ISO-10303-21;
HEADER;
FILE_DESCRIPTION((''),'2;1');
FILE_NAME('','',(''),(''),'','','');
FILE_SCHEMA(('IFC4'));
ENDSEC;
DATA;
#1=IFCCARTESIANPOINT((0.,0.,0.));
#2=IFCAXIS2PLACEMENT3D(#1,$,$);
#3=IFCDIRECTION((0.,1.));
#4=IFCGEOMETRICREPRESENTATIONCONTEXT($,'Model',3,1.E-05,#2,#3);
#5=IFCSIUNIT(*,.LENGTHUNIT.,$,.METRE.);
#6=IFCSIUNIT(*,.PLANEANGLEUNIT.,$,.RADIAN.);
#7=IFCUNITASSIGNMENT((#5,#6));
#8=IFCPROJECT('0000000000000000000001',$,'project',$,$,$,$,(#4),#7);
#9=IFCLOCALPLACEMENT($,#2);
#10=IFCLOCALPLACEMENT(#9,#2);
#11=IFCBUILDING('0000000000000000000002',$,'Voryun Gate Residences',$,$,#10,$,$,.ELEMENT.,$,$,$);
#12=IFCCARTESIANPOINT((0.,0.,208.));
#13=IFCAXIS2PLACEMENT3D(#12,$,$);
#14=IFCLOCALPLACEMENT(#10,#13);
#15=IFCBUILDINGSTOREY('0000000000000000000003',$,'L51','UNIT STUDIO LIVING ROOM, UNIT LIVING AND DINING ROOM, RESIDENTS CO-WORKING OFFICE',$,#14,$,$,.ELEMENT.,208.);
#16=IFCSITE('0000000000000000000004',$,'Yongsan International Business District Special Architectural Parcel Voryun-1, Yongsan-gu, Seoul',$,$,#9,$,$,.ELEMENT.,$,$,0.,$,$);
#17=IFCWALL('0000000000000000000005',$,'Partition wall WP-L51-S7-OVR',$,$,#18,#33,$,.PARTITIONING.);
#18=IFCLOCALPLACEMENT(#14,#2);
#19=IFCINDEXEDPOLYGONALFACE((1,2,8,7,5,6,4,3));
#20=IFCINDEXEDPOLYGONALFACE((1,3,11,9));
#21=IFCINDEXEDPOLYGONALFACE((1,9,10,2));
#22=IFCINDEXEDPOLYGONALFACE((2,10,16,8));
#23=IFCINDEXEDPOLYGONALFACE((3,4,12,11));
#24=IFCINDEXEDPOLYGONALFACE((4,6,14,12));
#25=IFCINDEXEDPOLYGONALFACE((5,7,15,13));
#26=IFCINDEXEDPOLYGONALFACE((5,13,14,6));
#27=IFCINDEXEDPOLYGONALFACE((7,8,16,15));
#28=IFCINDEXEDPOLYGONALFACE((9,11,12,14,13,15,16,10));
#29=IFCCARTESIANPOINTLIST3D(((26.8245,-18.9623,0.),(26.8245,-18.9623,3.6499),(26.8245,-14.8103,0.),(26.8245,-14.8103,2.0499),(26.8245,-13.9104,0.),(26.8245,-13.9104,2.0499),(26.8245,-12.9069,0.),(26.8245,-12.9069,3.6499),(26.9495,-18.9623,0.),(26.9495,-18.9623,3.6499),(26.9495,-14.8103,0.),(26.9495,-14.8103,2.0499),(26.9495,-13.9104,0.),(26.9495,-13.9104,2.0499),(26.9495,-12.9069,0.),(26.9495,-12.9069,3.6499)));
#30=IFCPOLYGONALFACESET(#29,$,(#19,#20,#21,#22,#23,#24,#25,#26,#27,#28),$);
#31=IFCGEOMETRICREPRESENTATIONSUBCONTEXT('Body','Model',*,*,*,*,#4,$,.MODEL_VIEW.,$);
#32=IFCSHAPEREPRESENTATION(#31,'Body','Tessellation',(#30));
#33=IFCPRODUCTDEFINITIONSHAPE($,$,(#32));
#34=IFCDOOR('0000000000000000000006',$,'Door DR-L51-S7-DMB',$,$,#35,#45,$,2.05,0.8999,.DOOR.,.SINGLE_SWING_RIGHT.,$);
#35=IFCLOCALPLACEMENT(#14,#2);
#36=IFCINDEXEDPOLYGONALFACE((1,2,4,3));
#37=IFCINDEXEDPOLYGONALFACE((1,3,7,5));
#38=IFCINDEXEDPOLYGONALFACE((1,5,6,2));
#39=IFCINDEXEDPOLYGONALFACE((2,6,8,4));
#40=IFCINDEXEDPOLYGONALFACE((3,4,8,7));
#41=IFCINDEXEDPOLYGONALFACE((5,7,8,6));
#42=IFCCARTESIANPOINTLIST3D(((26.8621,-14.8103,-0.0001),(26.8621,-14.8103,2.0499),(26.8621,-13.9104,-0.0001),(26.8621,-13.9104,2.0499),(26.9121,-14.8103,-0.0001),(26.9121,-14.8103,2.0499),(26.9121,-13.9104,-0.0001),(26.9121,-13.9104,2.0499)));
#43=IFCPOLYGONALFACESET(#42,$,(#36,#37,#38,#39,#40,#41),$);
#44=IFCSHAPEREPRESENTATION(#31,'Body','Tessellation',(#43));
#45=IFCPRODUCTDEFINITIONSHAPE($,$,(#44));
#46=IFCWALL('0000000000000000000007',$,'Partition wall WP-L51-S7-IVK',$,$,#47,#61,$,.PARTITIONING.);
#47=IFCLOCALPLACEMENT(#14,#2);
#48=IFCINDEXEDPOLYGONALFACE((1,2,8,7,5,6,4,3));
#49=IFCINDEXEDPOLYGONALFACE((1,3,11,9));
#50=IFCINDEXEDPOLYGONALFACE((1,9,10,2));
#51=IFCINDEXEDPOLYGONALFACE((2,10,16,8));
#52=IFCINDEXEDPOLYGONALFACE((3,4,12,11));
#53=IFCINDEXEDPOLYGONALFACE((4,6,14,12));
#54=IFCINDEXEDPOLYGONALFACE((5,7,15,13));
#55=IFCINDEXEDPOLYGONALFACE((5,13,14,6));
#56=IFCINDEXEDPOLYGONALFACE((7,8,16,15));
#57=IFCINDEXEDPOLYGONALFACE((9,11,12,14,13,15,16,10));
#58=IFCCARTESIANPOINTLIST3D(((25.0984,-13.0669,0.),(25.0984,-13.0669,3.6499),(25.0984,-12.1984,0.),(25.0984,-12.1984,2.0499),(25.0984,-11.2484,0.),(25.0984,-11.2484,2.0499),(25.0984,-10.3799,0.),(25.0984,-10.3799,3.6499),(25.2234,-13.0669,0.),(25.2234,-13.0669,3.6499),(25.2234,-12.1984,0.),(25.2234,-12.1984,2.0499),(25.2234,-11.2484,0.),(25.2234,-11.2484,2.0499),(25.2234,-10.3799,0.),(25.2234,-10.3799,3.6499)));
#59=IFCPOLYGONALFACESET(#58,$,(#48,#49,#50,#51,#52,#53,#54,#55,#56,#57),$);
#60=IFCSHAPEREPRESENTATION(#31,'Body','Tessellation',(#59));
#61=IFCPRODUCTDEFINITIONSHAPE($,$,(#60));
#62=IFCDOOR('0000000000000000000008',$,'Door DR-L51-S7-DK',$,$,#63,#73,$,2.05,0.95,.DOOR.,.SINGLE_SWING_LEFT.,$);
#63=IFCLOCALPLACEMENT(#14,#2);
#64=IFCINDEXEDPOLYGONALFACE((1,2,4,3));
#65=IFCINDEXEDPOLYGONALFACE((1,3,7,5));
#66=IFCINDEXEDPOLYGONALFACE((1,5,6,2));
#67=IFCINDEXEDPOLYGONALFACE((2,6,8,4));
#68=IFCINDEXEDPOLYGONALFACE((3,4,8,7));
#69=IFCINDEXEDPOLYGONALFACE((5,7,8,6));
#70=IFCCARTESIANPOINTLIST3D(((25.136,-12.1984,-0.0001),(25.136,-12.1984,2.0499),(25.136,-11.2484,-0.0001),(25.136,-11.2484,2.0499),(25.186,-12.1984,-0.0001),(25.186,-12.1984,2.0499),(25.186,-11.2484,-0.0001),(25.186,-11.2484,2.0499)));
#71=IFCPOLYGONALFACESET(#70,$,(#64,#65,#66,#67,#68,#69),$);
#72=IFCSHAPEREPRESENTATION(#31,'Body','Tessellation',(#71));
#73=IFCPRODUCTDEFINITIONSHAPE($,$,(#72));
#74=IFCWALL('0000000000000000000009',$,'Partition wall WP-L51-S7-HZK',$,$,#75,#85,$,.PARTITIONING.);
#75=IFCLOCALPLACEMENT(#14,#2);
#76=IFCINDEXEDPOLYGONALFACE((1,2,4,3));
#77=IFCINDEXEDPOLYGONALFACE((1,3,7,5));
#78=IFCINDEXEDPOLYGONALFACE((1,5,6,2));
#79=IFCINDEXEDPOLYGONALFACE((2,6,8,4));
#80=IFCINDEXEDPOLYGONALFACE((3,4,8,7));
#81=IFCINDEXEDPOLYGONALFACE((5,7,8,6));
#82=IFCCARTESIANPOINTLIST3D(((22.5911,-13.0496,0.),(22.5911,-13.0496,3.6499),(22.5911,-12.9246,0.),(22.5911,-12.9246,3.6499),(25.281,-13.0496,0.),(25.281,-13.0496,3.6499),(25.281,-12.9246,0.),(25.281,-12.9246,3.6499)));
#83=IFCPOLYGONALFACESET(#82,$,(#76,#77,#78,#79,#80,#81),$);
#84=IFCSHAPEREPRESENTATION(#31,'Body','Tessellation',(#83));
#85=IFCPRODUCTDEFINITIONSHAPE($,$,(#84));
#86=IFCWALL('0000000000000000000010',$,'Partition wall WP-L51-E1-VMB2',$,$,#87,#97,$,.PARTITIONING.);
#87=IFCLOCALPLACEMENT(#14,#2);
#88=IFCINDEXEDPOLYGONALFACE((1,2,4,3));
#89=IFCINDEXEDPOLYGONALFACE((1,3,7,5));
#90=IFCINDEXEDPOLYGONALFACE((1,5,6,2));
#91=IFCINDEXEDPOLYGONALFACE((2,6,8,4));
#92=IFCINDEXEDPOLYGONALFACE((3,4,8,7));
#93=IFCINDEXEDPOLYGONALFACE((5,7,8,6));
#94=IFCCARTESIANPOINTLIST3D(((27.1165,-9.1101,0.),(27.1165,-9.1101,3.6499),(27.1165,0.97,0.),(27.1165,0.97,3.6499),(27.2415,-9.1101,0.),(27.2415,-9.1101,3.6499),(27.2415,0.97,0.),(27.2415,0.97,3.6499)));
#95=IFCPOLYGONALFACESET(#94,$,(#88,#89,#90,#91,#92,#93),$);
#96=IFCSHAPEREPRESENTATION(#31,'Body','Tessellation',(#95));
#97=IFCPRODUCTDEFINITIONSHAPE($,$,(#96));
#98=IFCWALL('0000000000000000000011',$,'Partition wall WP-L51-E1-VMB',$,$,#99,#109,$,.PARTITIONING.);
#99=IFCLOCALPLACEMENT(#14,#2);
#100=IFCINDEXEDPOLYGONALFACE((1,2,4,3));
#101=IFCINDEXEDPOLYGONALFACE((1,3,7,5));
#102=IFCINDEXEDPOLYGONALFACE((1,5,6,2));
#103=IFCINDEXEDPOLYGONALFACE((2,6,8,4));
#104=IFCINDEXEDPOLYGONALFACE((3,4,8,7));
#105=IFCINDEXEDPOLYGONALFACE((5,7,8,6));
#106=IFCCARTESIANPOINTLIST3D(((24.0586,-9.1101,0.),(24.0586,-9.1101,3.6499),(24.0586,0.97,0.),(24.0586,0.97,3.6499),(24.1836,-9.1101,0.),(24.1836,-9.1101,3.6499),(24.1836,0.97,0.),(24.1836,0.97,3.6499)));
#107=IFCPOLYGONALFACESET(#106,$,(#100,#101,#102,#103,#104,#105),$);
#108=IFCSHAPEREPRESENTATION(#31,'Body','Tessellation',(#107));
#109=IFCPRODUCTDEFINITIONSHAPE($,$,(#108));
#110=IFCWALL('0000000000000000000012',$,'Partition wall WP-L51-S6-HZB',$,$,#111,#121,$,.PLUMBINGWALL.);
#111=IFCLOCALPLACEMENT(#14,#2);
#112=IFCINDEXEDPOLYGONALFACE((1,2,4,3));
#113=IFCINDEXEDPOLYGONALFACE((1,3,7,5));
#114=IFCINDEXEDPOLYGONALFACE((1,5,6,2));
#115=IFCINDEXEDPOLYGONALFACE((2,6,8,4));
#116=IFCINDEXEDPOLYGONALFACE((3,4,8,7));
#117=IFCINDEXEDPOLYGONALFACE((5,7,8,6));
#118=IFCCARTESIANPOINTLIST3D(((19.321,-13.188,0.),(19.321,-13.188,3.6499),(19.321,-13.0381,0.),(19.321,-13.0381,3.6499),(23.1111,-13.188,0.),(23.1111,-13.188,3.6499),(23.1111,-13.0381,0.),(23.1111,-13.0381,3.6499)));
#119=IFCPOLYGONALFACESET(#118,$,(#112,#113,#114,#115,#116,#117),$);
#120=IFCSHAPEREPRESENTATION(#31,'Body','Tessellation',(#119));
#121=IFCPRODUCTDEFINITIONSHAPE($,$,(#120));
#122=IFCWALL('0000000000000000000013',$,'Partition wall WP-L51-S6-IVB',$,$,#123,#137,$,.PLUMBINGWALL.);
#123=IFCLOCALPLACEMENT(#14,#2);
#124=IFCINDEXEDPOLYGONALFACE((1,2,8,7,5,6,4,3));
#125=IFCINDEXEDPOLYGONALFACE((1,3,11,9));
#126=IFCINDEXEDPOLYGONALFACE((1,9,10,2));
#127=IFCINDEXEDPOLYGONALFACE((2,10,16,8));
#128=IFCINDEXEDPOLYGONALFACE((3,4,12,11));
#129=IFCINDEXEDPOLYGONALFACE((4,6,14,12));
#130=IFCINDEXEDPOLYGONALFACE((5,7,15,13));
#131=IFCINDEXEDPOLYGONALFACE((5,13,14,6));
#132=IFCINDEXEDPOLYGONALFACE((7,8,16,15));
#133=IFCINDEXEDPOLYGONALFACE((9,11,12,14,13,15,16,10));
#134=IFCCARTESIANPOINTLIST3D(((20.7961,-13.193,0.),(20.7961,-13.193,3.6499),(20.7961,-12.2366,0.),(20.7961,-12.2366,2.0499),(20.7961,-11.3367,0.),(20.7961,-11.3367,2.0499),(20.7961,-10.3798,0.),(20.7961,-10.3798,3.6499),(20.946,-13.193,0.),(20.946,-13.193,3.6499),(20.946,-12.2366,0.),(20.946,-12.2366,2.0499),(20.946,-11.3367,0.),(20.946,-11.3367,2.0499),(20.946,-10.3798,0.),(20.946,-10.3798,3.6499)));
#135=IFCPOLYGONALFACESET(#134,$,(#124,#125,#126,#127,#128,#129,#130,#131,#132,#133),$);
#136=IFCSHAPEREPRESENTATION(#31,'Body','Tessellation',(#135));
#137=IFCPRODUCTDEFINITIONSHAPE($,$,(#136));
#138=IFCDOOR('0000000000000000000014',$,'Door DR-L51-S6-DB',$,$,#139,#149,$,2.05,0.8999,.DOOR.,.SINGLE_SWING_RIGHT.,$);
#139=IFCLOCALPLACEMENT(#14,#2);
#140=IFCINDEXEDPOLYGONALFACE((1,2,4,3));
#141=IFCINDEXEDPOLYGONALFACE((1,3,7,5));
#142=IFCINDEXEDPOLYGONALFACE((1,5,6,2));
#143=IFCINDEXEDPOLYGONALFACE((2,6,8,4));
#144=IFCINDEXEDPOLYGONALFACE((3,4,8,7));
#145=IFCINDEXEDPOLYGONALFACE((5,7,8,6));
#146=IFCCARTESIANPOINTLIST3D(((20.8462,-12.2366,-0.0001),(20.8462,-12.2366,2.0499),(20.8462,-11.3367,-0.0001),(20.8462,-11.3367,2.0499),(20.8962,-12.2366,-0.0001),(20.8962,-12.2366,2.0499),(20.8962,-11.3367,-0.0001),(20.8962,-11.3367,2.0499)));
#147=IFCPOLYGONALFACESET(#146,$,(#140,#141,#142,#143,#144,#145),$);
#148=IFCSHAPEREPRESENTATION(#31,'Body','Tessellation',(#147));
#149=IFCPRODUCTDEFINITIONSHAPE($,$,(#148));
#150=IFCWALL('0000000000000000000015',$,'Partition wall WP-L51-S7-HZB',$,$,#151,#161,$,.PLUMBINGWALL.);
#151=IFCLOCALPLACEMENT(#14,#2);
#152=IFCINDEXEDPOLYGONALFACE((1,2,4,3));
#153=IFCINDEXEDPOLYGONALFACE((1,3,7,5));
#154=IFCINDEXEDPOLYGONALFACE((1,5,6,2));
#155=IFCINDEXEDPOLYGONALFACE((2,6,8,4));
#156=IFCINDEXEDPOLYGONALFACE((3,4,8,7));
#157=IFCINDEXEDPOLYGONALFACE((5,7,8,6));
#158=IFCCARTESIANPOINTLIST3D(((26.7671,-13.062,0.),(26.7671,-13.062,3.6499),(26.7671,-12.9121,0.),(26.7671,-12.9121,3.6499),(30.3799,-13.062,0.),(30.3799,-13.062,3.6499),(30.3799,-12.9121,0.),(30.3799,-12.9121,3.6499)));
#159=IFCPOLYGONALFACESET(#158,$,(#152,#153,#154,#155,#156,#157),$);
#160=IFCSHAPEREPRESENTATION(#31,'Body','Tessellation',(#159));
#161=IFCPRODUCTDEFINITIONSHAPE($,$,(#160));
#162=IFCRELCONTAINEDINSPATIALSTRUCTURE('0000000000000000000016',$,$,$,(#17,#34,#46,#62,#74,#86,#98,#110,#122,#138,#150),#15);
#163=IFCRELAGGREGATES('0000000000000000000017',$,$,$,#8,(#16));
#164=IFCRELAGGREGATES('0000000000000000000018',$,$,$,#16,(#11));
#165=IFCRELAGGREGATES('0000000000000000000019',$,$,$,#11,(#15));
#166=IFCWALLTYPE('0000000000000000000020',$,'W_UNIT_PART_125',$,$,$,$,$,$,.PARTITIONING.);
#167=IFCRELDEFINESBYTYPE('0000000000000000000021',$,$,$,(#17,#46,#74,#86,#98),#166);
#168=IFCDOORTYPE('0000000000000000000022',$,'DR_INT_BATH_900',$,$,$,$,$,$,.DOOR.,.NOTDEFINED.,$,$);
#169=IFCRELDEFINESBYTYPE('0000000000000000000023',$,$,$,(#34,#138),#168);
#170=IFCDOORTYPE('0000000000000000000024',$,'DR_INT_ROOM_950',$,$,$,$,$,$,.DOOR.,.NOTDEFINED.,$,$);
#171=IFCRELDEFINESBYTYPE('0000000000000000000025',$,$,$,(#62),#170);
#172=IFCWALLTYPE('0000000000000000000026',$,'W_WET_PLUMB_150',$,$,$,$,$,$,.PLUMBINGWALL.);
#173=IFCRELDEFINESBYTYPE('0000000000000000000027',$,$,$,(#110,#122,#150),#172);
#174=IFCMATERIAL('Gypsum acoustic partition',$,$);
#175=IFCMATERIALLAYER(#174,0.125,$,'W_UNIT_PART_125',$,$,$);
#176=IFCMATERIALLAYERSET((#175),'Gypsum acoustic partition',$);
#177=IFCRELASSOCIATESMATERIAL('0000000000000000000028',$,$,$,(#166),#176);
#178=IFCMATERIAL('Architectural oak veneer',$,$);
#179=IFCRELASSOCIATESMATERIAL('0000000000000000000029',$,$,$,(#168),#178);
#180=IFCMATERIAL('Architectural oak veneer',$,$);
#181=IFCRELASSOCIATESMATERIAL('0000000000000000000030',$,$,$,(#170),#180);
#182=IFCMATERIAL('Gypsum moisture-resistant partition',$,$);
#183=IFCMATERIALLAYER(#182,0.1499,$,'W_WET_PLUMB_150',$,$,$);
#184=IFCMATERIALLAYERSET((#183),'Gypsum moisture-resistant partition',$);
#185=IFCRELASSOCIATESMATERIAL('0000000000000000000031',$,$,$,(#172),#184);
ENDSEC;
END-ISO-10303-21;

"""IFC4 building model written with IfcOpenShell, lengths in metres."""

from ifc_helpers import new_model, si_unit, direction, frame, frame_2d, origin, place, context, subcontext, project, spatial, rectangle, extrude, material, layer, layer_set, type_object, element, fill, save


model = new_model("IFC4")

# Units and contexts
model_context = context("Model", 3, precision=1e-05, world=origin(), true_north=direction((0.0, 1.0)))
body_context = subcontext(model_context, "Body", "Model", "MODEL_VIEW")
ifc_project = project(units=[si_unit("LENGTHUNIT", "METRE"), si_unit("PLANEANGLEUNIT", "RADIAN")], contexts=[model_context])

# Site, building, storey
site_placement = place(None, origin())
site = spatial("IfcSite", under=ifc_project, at=site_placement, Name="Yongsan International Business District Special Architectural Parcel Voryun-1, Yongsan-gu, Seoul", CompositionType="ELEMENT", RefElevation=0.0)
building_placement = place(site_placement, origin())
building = spatial("IfcBuilding", under=site, at=building_placement, Name="Voryun Gate Residences", CompositionType="ELEMENT")
storey_placement = place(building_placement, frame((0.0, 0.0, 208.0)))
storey = spatial("IfcBuildingStorey", under=building, at=storey_placement, Name="L51", Description="UNIT STUDIO LIVING ROOM, UNIT LIVING AND DINING ROOM, RESIDENTS CO-WORKING OFFICE", CompositionType="ELEMENT", Elevation=208.0)

# Walls, openings, doors
ifc_material_1 = material(Name="Gypsum acoustic partition")
ifc_layer_1 = layer(ifc_material_1, 0.125, Name="W_UNIT_PART_125")
ifc_layer_set_1 = layer_set([ifc_layer_1], Name="Gypsum acoustic partition")
wall_type_1 = type_object("IfcWallType", Name="W_UNIT_PART_125", PredefinedType="PARTITIONING", material=ifc_layer_set_1)
ifc_material_2 = material(Name="Architectural oak veneer")
door_type_1 = type_object("IfcDoorType", Name="DR_INT_BATH_900", OperationType="NOTDEFINED", PredefinedType="DOOR", material=ifc_material_2)
wall_1_placement = place(storey_placement, frame((26.887, -18.9624, 0.0), z_axis=(0.0, 0.0, 1.0), x_axis=(0.0, 1.0, 0.0)))
wall_1 = element("IfcWall", 1, at=wall_1_placement, inside=storey, type_object=wall_type_1, Name="Partition wall WP-L51-S7-OVR", PredefinedType="PARTITIONING", context=body_context, shape_type="SweptSolid", body=[
    extrude(rectangle(XDim=6.0554, YDim=0.125, at=frame_2d((3.0278, 0.0))), origin(), (0.0, 0.0, 1.0), 3.6499),
])
opening_1_placement = place(wall_1_placement, frame((4.1521, 0.0, 0.0)))
opening_1 = element("IfcOpeningElement", 2, at=opening_1_placement, cuts=wall_1, PredefinedType="OPENING", context=body_context, shape_type="SweptSolid", body=[
    extrude(rectangle(XDim=0.8999, YDim=2.05, at=frame_2d((0.45, 1.0249))), frame((0.0, 0.0725, 0.0), z_axis=(0.0, -1.0, 0.0), x_axis=(1.0, 0.0, 0.0)), (0.0, 0.0, 1.0), 0.145),
])
door_1_placement = place(opening_1_placement, origin())
door_1 = element("IfcDoor", 3, at=door_1_placement, inside=storey, type_object=door_type_1, Name="Door DR-L51-S7-DMB", OperationType="SINGLE_SWING_RIGHT", OverallHeight=2.05, OverallWidth=0.8999, PredefinedType="DOOR", context=body_context, shape_type="SweptSolid", body=[
    extrude(rectangle(XDim=0.8999, YDim=2.05, at=frame_2d((0.45, 1.0249))), frame((0.0, 0.0249, 0.0), z_axis=(0.0, -1.0, 0.0), x_axis=(1.0, 0.0, 0.0)), (0.0, 0.0, 1.0), 0.05),
])
fill(opening_1, door_1)
wall_2_placement = place(storey_placement, frame((25.1609, -13.0669, 0.0), z_axis=(0.0, 0.0, 1.0), x_axis=(0.0, 1.0, 0.0)))
wall_2 = element("IfcWall", 4, at=wall_2_placement, inside=storey, type_object=wall_type_1, Name="Partition wall WP-L51-S7-IVK", PredefinedType="PARTITIONING", context=body_context, shape_type="SweptSolid", body=[
    extrude(rectangle(XDim=2.687, YDim=0.125, at=frame_2d((1.3435, 0.0))), origin(), (0.0, 0.0, 1.0), 3.6499),
])
opening_2_placement = place(wall_2_placement, frame((0.8684, 0.0, 0.0)))
opening_2 = element("IfcOpeningElement", 5, at=opening_2_placement, cuts=wall_2, PredefinedType="OPENING", context=body_context, shape_type="SweptSolid", body=[
    extrude(rectangle(XDim=0.95, YDim=2.05, at=frame_2d((0.4751, 1.0249))), frame((0.0, 0.0725, 0.0), z_axis=(0.0, -1.0, 0.0), x_axis=(1.0, 0.0, 0.0)), (0.0, 0.0, 1.0), 0.145),
])
ifc_material_3 = material(Name="Architectural oak veneer")
door_type_2 = type_object("IfcDoorType", Name="DR_INT_ROOM_950", OperationType="NOTDEFINED", PredefinedType="DOOR", material=ifc_material_3)
door_2_placement = place(opening_2_placement, origin())
door_2 = element("IfcDoor", 6, at=door_2_placement, inside=storey, type_object=door_type_2, Name="Door DR-L51-S7-DK", OperationType="SINGLE_SWING_LEFT", OverallHeight=2.05, OverallWidth=0.95, PredefinedType="DOOR", context=body_context, shape_type="SweptSolid", body=[
    extrude(rectangle(XDim=0.95, YDim=2.05, at=frame_2d((0.4751, 1.0249))), frame((0.0, 0.0249, 0.0), z_axis=(0.0, -1.0, 0.0), x_axis=(1.0, 0.0, 0.0)), (0.0, 0.0, 1.0), 0.05),
])
fill(opening_2, door_2)

# Walls
wall_3_placement = place(storey_placement, frame((22.5911, -12.9871, 0.0), z_axis=(0.0, 0.0, 1.0), x_axis=(1.0, 0.0, 0.0)))
element("IfcWall", 7, at=wall_3_placement, inside=storey, type_object=wall_type_1, Name="Partition wall WP-L51-S7-HZK", PredefinedType="PARTITIONING", context=body_context, shape_type="SweptSolid", body=[
    extrude(rectangle(XDim=2.6899, YDim=0.125, at=frame_2d((1.345, 0.0))), origin(), (0.0, 0.0, 1.0), 3.6499),
])
for number, where, z_axis, x_axis, name in (
    (8, (27.179, -9.1101, 0.0), (0.0, 0.0, 1.0), (0.0, 1.0, 0.0), "Partition wall WP-L51-E1-VMB2"),
    (9, (24.1211, -9.1101, 0.0), (0.0, 0.0, 1.0), (0.0, 1.0, 0.0), "Partition wall WP-L51-E1-VMB"),
):
    element("IfcWall", number, at=place(storey_placement, frame(where, z_axis=z_axis, x_axis=x_axis)), inside=storey, type_object=wall_type_1, Name=name, PredefinedType="PARTITIONING", context=body_context, shape_type="SweptSolid", body=[
        extrude(rectangle(XDim=10.0801, YDim=0.125, at=frame_2d((5.04, 0.0))), origin(), (0.0, 0.0, 1.0), 3.6499),
    ])
ifc_material_4 = material(Name="Gypsum moisture-resistant partition")
ifc_layer_2 = layer(ifc_material_4, 0.1499, Name="W_WET_PLUMB_150")
ifc_layer_set_2 = layer_set([ifc_layer_2], Name="Gypsum moisture-resistant partition")
wall_type_2 = type_object("IfcWallType", Name="W_WET_PLUMB_150", PredefinedType="PLUMBINGWALL", material=ifc_layer_set_2)
wall_4_placement = place(storey_placement, frame((19.321, -13.113, 0.0), z_axis=(0.0, 0.0, 1.0), x_axis=(1.0, 0.0, 0.0)))
element("IfcWall", 10, at=wall_4_placement, inside=storey, type_object=wall_type_2, Name="Partition wall WP-L51-S6-HZB", PredefinedType="PLUMBINGWALL", context=body_context, shape_type="SweptSolid", body=[
    extrude(rectangle(XDim=3.79, YDim=0.1499, at=frame_2d((1.895, 0.0))), origin(), (0.0, 0.0, 1.0), 3.6499),
])

# Wall, opening, door
wall_5_placement = place(storey_placement, frame((20.8711, -13.1931, 0.0), z_axis=(0.0, 0.0, 1.0), x_axis=(0.0, 1.0, 0.0)))
wall_5 = element("IfcWall", 11, at=wall_5_placement, inside=storey, type_object=wall_type_2, Name="Partition wall WP-L51-S6-IVB", PredefinedType="PLUMBINGWALL", context=body_context, shape_type="SweptSolid", body=[
    extrude(rectangle(XDim=2.8132, YDim=0.1499, at=frame_2d((1.4067, 0.0))), origin(), (0.0, 0.0, 1.0), 3.6499),
])
opening_3_placement = place(wall_5_placement, frame((0.9565, 0.0, 0.0)))
opening_3 = element("IfcOpeningElement", 12, at=opening_3_placement, cuts=wall_5, PredefinedType="OPENING", context=body_context, shape_type="SweptSolid", body=[
    extrude(rectangle(XDim=0.8999, YDim=2.05, at=frame_2d((0.45, 1.0249))), frame((0.0, 0.085, 0.0), z_axis=(0.0, -1.0, 0.0), x_axis=(1.0, 0.0, 0.0)), (0.0, 0.0, 1.0), 0.1699),
])
door_3_placement = place(opening_3_placement, origin())
door_3 = element("IfcDoor", 13, at=door_3_placement, inside=storey, type_object=door_type_1, Name="Door DR-L51-S6-DB", OperationType="SINGLE_SWING_RIGHT", OverallHeight=2.05, OverallWidth=0.8999, PredefinedType="DOOR", context=body_context, shape_type="SweptSolid", body=[
    extrude(rectangle(XDim=0.8999, YDim=2.05, at=frame_2d((0.45, 1.0249))), frame((0.0, 0.0249, 0.0), z_axis=(0.0, -1.0, 0.0), x_axis=(1.0, 0.0, 0.0)), (0.0, 0.0, 1.0), 0.05),
])
fill(opening_3, door_3)

# Wall
wall_6_placement = place(storey_placement, frame((26.7671, -12.9871, 0.0), z_axis=(0.0, 0.0, 1.0), x_axis=(1.0, 0.0, 0.0)))
element("IfcWall", 14, at=wall_6_placement, inside=storey, type_object=wall_type_2, Name="Partition wall WP-L51-S7-HZB", PredefinedType="PLUMBINGWALL", context=body_context, shape_type="SweptSolid", body=[
    extrude(rectangle(XDim=3.6128, YDim=0.1499, at=frame_2d((1.8064, 0.0))), origin(), (0.0, 0.0, 1.0), 3.6499),
])

save(model, "model.ifc")
